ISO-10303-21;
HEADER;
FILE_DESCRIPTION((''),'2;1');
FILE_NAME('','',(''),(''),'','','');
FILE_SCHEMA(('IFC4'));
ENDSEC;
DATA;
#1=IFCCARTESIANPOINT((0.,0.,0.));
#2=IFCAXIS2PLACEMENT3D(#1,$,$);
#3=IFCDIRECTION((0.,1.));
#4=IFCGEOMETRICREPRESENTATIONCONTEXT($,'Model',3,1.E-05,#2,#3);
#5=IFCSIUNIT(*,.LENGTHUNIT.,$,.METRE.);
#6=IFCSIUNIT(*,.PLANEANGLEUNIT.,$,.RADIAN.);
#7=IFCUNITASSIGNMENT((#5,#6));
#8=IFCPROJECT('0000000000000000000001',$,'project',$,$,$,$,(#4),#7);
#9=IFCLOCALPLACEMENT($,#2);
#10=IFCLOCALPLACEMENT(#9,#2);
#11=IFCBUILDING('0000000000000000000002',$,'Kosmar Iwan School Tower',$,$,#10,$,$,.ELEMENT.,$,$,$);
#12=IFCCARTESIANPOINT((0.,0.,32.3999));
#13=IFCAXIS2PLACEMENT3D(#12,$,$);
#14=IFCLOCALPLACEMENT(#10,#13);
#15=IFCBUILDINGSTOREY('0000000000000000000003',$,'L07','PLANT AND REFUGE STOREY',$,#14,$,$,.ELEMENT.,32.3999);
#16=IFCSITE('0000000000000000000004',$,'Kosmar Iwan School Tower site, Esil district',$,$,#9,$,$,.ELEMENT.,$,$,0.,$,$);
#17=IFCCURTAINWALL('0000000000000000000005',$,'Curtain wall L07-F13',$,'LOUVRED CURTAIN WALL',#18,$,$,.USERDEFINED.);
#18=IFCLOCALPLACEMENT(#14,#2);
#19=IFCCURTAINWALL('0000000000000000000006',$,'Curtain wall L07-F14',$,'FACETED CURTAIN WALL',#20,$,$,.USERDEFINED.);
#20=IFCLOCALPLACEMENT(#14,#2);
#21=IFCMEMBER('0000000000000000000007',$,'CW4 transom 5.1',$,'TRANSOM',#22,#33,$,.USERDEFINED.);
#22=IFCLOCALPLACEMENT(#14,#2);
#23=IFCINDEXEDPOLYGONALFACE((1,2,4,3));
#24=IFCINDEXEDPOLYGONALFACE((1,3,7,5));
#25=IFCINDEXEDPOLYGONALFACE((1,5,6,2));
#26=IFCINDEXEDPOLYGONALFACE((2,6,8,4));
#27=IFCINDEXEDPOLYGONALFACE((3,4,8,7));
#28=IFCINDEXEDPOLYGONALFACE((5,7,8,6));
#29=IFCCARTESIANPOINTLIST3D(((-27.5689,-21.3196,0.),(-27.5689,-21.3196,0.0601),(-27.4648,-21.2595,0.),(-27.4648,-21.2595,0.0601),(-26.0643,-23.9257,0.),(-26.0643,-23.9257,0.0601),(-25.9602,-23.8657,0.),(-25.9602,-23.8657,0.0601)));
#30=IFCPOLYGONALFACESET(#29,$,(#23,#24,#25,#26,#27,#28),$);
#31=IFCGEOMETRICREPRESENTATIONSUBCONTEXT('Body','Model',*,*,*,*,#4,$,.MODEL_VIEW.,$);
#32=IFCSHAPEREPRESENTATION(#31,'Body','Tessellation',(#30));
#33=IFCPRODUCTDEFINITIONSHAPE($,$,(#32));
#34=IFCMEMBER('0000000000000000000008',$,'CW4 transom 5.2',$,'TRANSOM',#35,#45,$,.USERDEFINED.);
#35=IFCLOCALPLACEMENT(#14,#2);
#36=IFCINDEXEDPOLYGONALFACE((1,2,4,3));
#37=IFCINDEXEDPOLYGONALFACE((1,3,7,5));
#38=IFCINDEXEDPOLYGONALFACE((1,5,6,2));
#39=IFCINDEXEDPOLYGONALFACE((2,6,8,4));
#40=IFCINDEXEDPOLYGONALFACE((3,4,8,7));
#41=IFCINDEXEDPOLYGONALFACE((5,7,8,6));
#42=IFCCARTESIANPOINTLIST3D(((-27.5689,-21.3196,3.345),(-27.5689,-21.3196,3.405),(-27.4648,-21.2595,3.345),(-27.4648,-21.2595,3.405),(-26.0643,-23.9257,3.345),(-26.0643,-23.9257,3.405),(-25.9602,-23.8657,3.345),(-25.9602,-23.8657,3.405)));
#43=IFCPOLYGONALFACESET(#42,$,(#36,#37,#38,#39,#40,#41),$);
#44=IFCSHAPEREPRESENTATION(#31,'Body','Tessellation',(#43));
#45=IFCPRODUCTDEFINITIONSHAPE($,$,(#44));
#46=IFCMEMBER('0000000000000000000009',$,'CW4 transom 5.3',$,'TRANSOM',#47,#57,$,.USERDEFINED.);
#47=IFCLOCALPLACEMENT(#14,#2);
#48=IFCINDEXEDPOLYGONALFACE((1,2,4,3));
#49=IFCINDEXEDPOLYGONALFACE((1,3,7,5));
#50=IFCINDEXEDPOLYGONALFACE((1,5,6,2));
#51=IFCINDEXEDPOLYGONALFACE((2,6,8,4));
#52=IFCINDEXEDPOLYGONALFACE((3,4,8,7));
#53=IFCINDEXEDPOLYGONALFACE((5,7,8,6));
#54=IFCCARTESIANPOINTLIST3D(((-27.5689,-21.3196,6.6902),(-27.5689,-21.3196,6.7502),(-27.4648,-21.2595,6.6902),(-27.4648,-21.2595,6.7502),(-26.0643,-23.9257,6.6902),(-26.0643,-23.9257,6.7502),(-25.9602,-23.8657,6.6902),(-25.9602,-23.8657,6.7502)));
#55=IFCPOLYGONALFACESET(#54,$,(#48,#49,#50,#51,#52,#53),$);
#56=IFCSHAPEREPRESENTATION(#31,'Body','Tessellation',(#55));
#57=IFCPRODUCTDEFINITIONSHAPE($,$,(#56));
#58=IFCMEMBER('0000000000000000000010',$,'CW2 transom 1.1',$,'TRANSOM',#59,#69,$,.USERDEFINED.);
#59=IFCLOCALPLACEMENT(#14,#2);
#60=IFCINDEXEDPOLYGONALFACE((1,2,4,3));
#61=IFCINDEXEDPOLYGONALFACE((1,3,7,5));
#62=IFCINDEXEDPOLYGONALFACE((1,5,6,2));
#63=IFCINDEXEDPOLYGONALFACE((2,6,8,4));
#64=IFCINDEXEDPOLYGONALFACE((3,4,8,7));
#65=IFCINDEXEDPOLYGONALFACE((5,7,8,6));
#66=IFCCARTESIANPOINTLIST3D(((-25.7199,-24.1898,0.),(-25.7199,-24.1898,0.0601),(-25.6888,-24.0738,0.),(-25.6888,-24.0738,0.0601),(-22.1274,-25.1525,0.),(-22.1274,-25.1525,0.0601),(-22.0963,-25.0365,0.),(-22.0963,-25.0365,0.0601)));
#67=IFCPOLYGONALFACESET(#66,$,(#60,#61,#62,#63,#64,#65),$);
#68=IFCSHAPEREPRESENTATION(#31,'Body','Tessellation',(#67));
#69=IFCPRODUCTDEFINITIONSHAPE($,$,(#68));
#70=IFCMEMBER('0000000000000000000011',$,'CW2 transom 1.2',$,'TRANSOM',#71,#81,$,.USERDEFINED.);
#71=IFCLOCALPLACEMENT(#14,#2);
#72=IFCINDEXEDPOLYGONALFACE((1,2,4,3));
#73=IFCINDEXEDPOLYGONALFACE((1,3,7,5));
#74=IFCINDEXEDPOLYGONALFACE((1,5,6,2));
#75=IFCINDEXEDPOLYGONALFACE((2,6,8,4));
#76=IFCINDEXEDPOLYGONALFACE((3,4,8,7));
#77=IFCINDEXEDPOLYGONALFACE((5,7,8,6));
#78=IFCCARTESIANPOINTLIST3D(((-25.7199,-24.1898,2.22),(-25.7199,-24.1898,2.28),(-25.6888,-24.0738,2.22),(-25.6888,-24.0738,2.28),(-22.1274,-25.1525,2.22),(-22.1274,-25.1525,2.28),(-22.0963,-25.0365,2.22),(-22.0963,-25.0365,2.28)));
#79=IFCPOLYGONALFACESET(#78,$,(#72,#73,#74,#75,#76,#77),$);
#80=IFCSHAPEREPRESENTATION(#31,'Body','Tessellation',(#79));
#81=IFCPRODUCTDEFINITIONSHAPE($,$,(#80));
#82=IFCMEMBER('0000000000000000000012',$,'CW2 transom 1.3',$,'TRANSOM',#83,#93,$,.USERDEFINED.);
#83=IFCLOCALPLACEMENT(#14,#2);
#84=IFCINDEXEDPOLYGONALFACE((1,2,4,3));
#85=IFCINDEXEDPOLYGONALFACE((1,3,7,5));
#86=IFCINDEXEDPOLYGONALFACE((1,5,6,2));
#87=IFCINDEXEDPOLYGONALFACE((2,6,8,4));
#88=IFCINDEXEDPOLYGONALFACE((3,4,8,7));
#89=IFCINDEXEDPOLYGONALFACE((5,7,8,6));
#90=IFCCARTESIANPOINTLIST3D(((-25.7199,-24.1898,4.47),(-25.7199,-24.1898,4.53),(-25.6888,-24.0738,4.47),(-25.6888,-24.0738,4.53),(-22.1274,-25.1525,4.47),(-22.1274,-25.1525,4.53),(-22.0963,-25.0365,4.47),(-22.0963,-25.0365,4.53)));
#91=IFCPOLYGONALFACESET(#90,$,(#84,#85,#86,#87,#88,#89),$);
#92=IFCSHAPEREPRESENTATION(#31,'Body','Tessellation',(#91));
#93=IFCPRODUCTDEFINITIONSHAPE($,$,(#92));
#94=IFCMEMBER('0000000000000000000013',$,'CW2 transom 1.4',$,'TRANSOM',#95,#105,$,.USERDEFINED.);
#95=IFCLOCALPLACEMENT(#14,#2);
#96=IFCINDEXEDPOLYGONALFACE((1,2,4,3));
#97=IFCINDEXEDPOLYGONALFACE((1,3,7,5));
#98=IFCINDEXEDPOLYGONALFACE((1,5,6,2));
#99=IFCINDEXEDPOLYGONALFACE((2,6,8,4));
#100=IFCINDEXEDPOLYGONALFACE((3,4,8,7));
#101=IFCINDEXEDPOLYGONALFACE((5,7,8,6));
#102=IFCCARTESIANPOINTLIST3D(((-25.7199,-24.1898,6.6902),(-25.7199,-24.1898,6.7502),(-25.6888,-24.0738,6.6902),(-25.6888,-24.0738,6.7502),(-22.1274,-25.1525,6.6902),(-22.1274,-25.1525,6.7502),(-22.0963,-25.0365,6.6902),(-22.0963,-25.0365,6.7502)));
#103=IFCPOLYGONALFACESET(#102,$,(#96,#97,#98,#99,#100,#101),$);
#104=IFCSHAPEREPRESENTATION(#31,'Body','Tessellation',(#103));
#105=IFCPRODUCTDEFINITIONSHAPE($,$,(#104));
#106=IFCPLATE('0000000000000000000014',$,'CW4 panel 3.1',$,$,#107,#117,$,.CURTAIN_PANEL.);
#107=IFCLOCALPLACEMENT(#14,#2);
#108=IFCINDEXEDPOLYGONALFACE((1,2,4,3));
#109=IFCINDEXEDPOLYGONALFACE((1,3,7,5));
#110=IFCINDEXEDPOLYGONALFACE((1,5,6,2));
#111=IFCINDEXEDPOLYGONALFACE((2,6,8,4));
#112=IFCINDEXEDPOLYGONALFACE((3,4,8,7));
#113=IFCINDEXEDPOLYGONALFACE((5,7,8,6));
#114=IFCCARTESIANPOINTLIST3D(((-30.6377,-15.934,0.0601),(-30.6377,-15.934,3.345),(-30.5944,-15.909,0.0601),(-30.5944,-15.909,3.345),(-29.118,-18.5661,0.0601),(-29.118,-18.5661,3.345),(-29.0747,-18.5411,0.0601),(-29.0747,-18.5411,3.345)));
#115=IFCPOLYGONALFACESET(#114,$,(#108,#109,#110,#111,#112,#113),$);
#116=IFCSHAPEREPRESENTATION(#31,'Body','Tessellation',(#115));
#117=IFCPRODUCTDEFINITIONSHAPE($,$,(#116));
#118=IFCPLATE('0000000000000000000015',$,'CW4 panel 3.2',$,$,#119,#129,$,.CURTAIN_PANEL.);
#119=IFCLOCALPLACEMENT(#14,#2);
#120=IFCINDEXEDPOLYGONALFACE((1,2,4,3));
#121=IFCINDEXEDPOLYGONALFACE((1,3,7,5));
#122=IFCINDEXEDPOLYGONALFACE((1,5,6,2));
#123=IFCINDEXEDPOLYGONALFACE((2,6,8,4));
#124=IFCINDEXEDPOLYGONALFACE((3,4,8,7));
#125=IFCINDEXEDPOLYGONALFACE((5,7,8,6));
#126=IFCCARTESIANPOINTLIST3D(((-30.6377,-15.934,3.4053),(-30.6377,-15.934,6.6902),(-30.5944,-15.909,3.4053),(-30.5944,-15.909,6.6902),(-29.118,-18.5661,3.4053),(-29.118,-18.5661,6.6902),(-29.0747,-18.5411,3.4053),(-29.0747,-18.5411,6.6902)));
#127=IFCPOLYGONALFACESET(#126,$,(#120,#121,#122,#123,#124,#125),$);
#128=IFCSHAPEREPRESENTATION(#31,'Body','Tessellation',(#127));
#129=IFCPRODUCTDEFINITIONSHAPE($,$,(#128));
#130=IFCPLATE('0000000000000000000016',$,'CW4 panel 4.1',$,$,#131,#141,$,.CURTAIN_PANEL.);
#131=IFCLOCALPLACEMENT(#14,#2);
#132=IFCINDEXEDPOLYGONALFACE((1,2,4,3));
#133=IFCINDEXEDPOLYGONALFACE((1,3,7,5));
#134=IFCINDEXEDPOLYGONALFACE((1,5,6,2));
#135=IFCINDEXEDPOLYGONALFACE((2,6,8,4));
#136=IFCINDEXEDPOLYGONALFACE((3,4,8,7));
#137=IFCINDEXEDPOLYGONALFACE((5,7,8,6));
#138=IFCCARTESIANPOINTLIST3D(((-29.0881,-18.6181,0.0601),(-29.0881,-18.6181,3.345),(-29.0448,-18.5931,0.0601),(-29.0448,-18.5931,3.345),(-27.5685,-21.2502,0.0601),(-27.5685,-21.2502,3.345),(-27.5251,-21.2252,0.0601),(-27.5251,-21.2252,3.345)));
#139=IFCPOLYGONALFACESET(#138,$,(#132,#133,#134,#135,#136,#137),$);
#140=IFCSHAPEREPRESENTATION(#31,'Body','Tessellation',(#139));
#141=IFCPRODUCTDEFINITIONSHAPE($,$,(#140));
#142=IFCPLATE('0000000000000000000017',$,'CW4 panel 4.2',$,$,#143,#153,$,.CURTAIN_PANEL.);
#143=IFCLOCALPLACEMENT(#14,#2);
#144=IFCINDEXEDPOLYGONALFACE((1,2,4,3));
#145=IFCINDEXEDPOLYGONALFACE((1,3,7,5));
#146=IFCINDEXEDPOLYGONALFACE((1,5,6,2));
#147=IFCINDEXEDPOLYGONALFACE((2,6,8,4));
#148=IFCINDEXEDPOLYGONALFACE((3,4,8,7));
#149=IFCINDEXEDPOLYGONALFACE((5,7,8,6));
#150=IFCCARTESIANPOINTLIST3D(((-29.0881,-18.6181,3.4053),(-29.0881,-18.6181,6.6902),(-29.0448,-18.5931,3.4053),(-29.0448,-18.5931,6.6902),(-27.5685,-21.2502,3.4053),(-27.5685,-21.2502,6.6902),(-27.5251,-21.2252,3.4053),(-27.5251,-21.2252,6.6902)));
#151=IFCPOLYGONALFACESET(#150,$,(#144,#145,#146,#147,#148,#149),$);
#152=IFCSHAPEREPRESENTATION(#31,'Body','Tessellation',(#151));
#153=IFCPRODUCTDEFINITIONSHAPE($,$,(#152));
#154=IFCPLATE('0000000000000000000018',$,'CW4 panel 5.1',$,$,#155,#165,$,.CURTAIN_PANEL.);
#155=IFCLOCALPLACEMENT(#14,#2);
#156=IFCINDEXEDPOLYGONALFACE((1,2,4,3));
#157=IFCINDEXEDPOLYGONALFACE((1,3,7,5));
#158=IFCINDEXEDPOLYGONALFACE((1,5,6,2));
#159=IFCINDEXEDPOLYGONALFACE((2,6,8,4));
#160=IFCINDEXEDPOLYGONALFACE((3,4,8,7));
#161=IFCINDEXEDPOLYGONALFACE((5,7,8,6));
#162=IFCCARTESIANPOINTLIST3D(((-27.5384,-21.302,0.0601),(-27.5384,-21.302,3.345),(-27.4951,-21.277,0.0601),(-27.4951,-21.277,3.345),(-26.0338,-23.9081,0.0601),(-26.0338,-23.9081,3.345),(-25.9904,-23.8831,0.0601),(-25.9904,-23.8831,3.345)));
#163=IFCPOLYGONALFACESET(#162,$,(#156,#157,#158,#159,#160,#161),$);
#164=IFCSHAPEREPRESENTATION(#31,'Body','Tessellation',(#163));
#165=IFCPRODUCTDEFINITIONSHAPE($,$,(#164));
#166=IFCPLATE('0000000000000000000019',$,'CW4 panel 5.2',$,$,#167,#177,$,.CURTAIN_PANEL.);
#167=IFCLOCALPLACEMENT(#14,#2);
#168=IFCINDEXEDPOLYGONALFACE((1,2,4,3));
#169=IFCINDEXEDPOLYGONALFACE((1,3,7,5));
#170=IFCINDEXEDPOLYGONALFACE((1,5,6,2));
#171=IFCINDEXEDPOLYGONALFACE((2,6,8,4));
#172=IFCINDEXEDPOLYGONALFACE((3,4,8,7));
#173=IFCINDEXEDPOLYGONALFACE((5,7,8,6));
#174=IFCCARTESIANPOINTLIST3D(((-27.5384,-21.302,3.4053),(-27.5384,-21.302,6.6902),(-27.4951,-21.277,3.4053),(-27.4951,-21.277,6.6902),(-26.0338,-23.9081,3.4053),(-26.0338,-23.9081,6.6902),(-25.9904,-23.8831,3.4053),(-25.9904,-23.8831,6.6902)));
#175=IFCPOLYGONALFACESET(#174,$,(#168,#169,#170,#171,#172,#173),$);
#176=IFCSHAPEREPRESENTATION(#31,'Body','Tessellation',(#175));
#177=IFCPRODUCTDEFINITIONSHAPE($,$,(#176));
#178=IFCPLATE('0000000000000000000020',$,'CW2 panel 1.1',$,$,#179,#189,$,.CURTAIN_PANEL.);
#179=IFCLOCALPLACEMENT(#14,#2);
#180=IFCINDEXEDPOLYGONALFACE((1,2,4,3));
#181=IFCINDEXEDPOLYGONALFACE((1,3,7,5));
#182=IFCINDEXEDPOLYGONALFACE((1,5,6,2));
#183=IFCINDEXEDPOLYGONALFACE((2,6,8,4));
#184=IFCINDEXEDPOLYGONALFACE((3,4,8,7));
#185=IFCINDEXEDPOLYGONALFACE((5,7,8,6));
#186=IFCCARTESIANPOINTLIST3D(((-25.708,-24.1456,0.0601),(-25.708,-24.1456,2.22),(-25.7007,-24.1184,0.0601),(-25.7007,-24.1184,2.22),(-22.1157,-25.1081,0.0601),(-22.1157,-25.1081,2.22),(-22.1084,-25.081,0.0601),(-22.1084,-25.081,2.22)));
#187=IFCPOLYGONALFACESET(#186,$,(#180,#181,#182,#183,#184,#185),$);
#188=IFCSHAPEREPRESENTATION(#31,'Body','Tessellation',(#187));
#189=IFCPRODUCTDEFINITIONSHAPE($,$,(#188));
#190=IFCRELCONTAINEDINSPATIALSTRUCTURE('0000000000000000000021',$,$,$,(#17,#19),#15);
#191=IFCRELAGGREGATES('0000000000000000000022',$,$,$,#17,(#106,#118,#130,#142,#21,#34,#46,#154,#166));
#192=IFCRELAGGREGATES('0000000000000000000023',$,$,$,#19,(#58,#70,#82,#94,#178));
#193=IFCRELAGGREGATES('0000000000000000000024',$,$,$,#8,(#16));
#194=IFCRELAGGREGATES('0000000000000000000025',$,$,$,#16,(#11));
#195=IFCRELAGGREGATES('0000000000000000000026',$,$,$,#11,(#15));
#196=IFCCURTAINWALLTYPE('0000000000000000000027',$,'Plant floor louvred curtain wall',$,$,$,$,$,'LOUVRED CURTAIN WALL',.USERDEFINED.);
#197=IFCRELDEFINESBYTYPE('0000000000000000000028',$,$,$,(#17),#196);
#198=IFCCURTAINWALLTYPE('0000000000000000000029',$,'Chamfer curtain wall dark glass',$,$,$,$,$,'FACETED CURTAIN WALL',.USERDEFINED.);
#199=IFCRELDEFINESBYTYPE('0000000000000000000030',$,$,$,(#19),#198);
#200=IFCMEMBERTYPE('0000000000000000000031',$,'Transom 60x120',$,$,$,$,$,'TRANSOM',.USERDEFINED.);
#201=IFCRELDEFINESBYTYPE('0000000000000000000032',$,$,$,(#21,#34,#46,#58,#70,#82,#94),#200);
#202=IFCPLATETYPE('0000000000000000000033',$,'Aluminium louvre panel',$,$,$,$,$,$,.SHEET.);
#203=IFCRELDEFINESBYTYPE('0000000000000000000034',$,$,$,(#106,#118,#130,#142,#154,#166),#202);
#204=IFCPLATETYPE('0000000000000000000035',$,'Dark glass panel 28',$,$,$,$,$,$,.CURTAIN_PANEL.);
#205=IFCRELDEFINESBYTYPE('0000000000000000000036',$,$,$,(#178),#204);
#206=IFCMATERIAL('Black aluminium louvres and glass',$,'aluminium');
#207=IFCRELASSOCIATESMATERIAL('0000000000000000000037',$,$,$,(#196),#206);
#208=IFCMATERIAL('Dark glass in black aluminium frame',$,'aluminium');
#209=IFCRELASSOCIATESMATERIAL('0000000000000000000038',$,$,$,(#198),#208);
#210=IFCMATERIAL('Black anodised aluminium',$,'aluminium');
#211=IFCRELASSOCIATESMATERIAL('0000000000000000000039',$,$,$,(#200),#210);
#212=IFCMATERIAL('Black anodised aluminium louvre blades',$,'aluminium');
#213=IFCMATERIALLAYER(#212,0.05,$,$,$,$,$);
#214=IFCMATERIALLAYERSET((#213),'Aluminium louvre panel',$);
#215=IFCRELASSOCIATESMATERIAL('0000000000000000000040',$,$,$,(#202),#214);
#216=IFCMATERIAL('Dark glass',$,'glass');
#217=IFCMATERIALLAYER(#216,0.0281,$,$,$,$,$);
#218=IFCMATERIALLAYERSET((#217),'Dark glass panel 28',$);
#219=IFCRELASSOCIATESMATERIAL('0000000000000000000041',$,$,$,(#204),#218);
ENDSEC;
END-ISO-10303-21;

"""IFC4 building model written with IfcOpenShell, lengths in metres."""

from ifc_helpers import new_model, si_unit, direction, frame, origin, origin_2d, place, context, subcontext, project, spatial, rectangle, extrude, material, layer, layer_set, material_profile, profile_set, type_object, element, aggregate, save


model = new_model("IFC4")

# Units and contexts
model_context = context("Model", 3, precision=1e-05, world=origin(), true_north=direction((0.0, 1.0)))
body_context = subcontext(model_context, "Body", "Model", "MODEL_VIEW")
ifc_project = project(units=[si_unit("LENGTHUNIT", "METRE"), si_unit("PLANEANGLEUNIT", "RADIAN")], contexts=[model_context])

# Site, building, storey
site_placement = place(None, origin())
site = spatial("IfcSite", under=ifc_project, at=site_placement, Name="Kosmar Iwan School Tower site, Esil district", CompositionType="ELEMENT", RefElevation=0.0)
building_placement = place(site_placement, origin())
building = spatial("IfcBuilding", under=site, at=building_placement, Name="Kosmar Iwan School Tower", CompositionType="ELEMENT")
storey_placement = place(building_placement, frame((0.0, 0.0, 32.3999)))
storey = spatial("IfcBuildingStorey", under=building, at=storey_placement, Name="L07", Description="PLANT AND REFUGE STOREY", CompositionType="ELEMENT", Elevation=32.3999)

# Curtain wall
ifc_material_1 = material(Name="Black aluminium louvres and glass", Category="aluminium")
curtain_wall_type_1 = type_object("IfcCurtainWallType", Name="Plant floor louvred curtain wall", ElementType="LOUVRED CURTAIN WALL", PredefinedType="USERDEFINED", material=ifc_material_1)
curtain_wall_1_placement = place(storey_placement, origin())
curtain_wall_1 = element("IfcCurtainWall", 1, at=curtain_wall_1_placement, inside=storey, type_object=curtain_wall_type_1, Name="Curtain wall L07-F13", ObjectType="LOUVRED CURTAIN WALL", PredefinedType="USERDEFINED")

# Curtain wall
ifc_material_2 = material(Name="Dark glass in black aluminium frame", Category="aluminium")
curtain_wall_type_2 = type_object("IfcCurtainWallType", Name="Chamfer curtain wall dark glass", ElementType="FACETED CURTAIN WALL", PredefinedType="USERDEFINED", material=ifc_material_2)
curtain_wall_2_placement = place(storey_placement, origin())
curtain_wall_2 = element("IfcCurtainWall", 2, at=curtain_wall_2_placement, inside=storey, type_object=curtain_wall_type_2, Name="Curtain wall L07-F14", ObjectType="FACETED CURTAIN WALL", PredefinedType="USERDEFINED")

# Members
ifc_material_3 = material(Name="Black anodised aluminium", Category="aluminium")
ifc_material_profile_1 = material_profile(ifc_material_3, rectangle(XDim=0.1201, YDim=0.0601, at=origin_2d()), Name="TRANSOM 60x120")
ifc_profile_set_1 = profile_set([ifc_material_profile_1], Name="Black anodised aluminium")
member_type_1 = type_object("IfcMemberType", Name="Transom 60x120", ElementType="TRANSOM", PredefinedType="USERDEFINED", material=ifc_profile_set_1)
member_1_placement = place(storey_placement, frame((-27.5168, -21.2896, 0.03), z_axis=(0.499987, -0.866033, 0.0), x_axis=(0.866033, 0.499987, 0.0)))
member_1 = element("IfcMember", 3, at=member_1_placement, type_object=member_type_1, Name="CW4 transom 5.1", ObjectType="TRANSOM", PredefinedType="USERDEFINED", context=body_context, shape_type="SweptSolid", body=[
    extrude(rectangle(XDim=0.1201, YDim=0.0601, at=origin_2d()), origin(), (0.0, 0.0, 1.0), 3.0093),
])
member_2_placement = place(storey_placement, frame((-27.5168, -21.2896, 3.375), z_axis=(0.499987, -0.866033, 0.0), x_axis=(0.866033, 0.499987, 0.0)))
member_2 = element("IfcMember", 4, at=member_2_placement, type_object=member_type_1, Name="CW4 transom 5.2", ObjectType="TRANSOM", PredefinedType="USERDEFINED", context=body_context, shape_type="SweptSolid", body=[
    extrude(rectangle(XDim=0.1201, YDim=0.0601, at=origin_2d()), origin(), (0.0, 0.0, 1.0), 3.0093),
])
member_3_placement = place(storey_placement, frame((-27.5168, -21.2896, 6.7202), z_axis=(0.499987, -0.866033, 0.0), x_axis=(0.866033, 0.499987, 0.0)))
member_3 = element("IfcMember", 5, at=member_3_placement, type_object=member_type_1, Name="CW4 transom 5.3", ObjectType="TRANSOM", PredefinedType="USERDEFINED", context=body_context, shape_type="SweptSolid", body=[
    extrude(rectangle(XDim=0.1201, YDim=0.0601, at=origin_2d()), origin(), (0.0, 0.0, 1.0), 3.0093),
])
member_4_placement = place(storey_placement, frame((-25.7043, -24.1318, 0.03), z_axis=(0.965924, -0.258827, 0.0), x_axis=(0.258827, 0.965924, 0.0)))
member_4 = element("IfcMember", 6, at=member_4_placement, type_object=member_type_1, Name="CW2 transom 1.1", ObjectType="TRANSOM", PredefinedType="USERDEFINED", context=body_context, shape_type="SweptSolid", body=[
    extrude(rectangle(XDim=0.1201, YDim=0.0601, at=origin_2d()), origin(), (0.0, 0.0, 1.0), 3.7192),
])
member_5_placement = place(storey_placement, frame((-25.7043, -24.1318, 2.25), z_axis=(0.965924, -0.258827, 0.0), x_axis=(0.258827, 0.965924, 0.0)))
member_5 = element("IfcMember", 7, at=member_5_placement, type_object=member_type_1, Name="CW2 transom 1.2", ObjectType="TRANSOM", PredefinedType="USERDEFINED", context=body_context, shape_type="SweptSolid", body=[
    extrude(rectangle(XDim=0.1201, YDim=0.0601, at=origin_2d()), origin(), (0.0, 0.0, 1.0), 3.7192),
])
member_6_placement = place(storey_placement, frame((-25.7043, -24.1318, 4.5), z_axis=(0.965924, -0.258827, 0.0), x_axis=(0.258827, 0.965924, 0.0)))
member_6 = element("IfcMember", 8, at=member_6_placement, type_object=member_type_1, Name="CW2 transom 1.3", ObjectType="TRANSOM", PredefinedType="USERDEFINED", context=body_context, shape_type="SweptSolid", body=[
    extrude(rectangle(XDim=0.1201, YDim=0.0601, at=origin_2d()), origin(), (0.0, 0.0, 1.0), 3.7192),
])
member_7_placement = place(storey_placement, frame((-25.7043, -24.1318, 6.7202), z_axis=(0.965924, -0.258827, 0.0), x_axis=(0.258827, 0.965924, 0.0)))
member_7 = element("IfcMember", 9, at=member_7_placement, type_object=member_type_1, Name="CW2 transom 1.4", ObjectType="TRANSOM", PredefinedType="USERDEFINED", context=body_context, shape_type="SweptSolid", body=[
    extrude(rectangle(XDim=0.1201, YDim=0.0601, at=origin_2d()), origin(), (0.0, 0.0, 1.0), 3.7192),
])

# Plates
ifc_material_4 = material(Name="Black anodised aluminium louvre blades", Category="aluminium")
ifc_layer_1 = layer(ifc_material_4, 0.05)
ifc_layer_set_1 = layer_set([ifc_layer_1], Name="Aluminium louvre panel")
plate_type_1 = type_object("IfcPlateType", Name="Aluminium louvre panel", PredefinedType="SHEET", material=ifc_layer_set_1)
plate_1_placement = place(storey_placement, frame((-29.8562, -17.2375, 0.0601), z_axis=(0.0, 0.0, 1.0), x_axis=(0.5, -0.866025, 0.0)))
plate_1 = element("IfcPlate", 10, at=plate_1_placement, type_object=plate_type_1, Name="CW4 panel 3.1", PredefinedType="CURTAIN_PANEL", context=body_context, shape_type="SweptSolid", body=[
    extrude(rectangle(XDim=3.0393, YDim=0.05, at=origin_2d()), origin(), (0.0, 0.0, 1.0), 3.2849),
])
plate_2_placement = place(storey_placement, frame((-29.8562, -17.2375, 3.4053), z_axis=(0.0, 0.0, 1.0), x_axis=(0.5, -0.866025, 0.0)))
plate_2 = element("IfcPlate", 11, at=plate_2_placement, type_object=plate_type_1, Name="CW4 panel 3.2", PredefinedType="CURTAIN_PANEL", context=body_context, shape_type="SweptSolid", body=[
    extrude(rectangle(XDim=3.0393, YDim=0.05, at=origin_2d()), origin(), (0.0, 0.0, 1.0), 3.2849),
])
plate_3_placement = place(storey_placement, frame((-28.3066, -19.9216, 0.0601), z_axis=(0.0, 0.0, 1.0), x_axis=(0.5, -0.866025, 0.0)))
plate_3 = element("IfcPlate", 12, at=plate_3_placement, type_object=plate_type_1, Name="CW4 panel 4.1", PredefinedType="CURTAIN_PANEL", context=body_context, shape_type="SweptSolid", body=[
    extrude(rectangle(XDim=3.0393, YDim=0.05, at=origin_2d()), origin(), (0.0, 0.0, 1.0), 3.2849),
])
plate_4_placement = place(storey_placement, frame((-28.3066, -19.9216, 3.4053), z_axis=(0.0, 0.0, 1.0), x_axis=(0.5, -0.866025, 0.0)))
plate_4 = element("IfcPlate", 13, at=plate_4_placement, type_object=plate_type_1, Name="CW4 panel 4.2", PredefinedType="CURTAIN_PANEL", context=body_context, shape_type="SweptSolid", body=[
    extrude(rectangle(XDim=3.0393, YDim=0.05, at=origin_2d()), origin(), (0.0, 0.0, 1.0), 3.2849),
])
plate_5_placement = place(storey_placement, frame((-26.7644, -22.5925, 0.0601), z_axis=(0.0, 0.0, 1.0), x_axis=(0.5, -0.866025, 0.0)))
plate_5 = element("IfcPlate", 14, at=plate_5_placement, type_object=plate_type_1, Name="CW4 panel 5.1", PredefinedType="CURTAIN_PANEL", context=body_context, shape_type="SweptSolid", body=[
    extrude(rectangle(XDim=3.0093, YDim=0.05, at=origin_2d()), origin(), (0.0, 0.0, 1.0), 3.2849),
])
plate_6_placement = place(storey_placement, frame((-26.7644, -22.5925, 3.4053), z_axis=(0.0, 0.0, 1.0), x_axis=(0.5, -0.866025, 0.0)))
plate_6 = element("IfcPlate", 15, at=plate_6_placement, type_object=plate_type_1, Name="CW4 panel 5.2", PredefinedType="CURTAIN_PANEL", context=body_context, shape_type="SweptSolid", body=[
    extrude(rectangle(XDim=3.0093, YDim=0.05, at=origin_2d()), origin(), (0.0, 0.0, 1.0), 3.2849),
])
aggregate(curtain_wall_1, [plate_1, plate_2, plate_3, plate_4, member_1, member_2, member_3, plate_5, plate_6])
ifc_material_5 = material(Name="Dark glass", Category="glass")
ifc_layer_2 = layer(ifc_material_5, 0.0281)
ifc_layer_set_2 = layer_set([ifc_layer_2], Name="Dark glass panel 28")
plate_type_2 = type_object("IfcPlateType", Name="Dark glass panel 28", PredefinedType="CURTAIN_PANEL", material=ifc_layer_set_2)
plate_7_placement = place(storey_placement, frame((-23.9082, -24.6133, 0.0601), z_axis=(0.0, 0.0, 1.0), x_axis=(0.965926, -0.258819, 0.0)))
plate_7 = element("IfcPlate", 16, at=plate_7_placement, type_object=plate_type_2, Name="CW2 panel 1.1", PredefinedType="CURTAIN_PANEL", context=body_context, shape_type="SweptSolid", body=[
    extrude(rectangle(XDim=3.719, YDim=0.0281, at=origin_2d()), origin(), (0.0, 0.0, 1.0), 2.1599),
])
aggregate(curtain_wall_2, [member_4, member_5, member_6, member_7, plate_7])

save(model, "model.ifc")
